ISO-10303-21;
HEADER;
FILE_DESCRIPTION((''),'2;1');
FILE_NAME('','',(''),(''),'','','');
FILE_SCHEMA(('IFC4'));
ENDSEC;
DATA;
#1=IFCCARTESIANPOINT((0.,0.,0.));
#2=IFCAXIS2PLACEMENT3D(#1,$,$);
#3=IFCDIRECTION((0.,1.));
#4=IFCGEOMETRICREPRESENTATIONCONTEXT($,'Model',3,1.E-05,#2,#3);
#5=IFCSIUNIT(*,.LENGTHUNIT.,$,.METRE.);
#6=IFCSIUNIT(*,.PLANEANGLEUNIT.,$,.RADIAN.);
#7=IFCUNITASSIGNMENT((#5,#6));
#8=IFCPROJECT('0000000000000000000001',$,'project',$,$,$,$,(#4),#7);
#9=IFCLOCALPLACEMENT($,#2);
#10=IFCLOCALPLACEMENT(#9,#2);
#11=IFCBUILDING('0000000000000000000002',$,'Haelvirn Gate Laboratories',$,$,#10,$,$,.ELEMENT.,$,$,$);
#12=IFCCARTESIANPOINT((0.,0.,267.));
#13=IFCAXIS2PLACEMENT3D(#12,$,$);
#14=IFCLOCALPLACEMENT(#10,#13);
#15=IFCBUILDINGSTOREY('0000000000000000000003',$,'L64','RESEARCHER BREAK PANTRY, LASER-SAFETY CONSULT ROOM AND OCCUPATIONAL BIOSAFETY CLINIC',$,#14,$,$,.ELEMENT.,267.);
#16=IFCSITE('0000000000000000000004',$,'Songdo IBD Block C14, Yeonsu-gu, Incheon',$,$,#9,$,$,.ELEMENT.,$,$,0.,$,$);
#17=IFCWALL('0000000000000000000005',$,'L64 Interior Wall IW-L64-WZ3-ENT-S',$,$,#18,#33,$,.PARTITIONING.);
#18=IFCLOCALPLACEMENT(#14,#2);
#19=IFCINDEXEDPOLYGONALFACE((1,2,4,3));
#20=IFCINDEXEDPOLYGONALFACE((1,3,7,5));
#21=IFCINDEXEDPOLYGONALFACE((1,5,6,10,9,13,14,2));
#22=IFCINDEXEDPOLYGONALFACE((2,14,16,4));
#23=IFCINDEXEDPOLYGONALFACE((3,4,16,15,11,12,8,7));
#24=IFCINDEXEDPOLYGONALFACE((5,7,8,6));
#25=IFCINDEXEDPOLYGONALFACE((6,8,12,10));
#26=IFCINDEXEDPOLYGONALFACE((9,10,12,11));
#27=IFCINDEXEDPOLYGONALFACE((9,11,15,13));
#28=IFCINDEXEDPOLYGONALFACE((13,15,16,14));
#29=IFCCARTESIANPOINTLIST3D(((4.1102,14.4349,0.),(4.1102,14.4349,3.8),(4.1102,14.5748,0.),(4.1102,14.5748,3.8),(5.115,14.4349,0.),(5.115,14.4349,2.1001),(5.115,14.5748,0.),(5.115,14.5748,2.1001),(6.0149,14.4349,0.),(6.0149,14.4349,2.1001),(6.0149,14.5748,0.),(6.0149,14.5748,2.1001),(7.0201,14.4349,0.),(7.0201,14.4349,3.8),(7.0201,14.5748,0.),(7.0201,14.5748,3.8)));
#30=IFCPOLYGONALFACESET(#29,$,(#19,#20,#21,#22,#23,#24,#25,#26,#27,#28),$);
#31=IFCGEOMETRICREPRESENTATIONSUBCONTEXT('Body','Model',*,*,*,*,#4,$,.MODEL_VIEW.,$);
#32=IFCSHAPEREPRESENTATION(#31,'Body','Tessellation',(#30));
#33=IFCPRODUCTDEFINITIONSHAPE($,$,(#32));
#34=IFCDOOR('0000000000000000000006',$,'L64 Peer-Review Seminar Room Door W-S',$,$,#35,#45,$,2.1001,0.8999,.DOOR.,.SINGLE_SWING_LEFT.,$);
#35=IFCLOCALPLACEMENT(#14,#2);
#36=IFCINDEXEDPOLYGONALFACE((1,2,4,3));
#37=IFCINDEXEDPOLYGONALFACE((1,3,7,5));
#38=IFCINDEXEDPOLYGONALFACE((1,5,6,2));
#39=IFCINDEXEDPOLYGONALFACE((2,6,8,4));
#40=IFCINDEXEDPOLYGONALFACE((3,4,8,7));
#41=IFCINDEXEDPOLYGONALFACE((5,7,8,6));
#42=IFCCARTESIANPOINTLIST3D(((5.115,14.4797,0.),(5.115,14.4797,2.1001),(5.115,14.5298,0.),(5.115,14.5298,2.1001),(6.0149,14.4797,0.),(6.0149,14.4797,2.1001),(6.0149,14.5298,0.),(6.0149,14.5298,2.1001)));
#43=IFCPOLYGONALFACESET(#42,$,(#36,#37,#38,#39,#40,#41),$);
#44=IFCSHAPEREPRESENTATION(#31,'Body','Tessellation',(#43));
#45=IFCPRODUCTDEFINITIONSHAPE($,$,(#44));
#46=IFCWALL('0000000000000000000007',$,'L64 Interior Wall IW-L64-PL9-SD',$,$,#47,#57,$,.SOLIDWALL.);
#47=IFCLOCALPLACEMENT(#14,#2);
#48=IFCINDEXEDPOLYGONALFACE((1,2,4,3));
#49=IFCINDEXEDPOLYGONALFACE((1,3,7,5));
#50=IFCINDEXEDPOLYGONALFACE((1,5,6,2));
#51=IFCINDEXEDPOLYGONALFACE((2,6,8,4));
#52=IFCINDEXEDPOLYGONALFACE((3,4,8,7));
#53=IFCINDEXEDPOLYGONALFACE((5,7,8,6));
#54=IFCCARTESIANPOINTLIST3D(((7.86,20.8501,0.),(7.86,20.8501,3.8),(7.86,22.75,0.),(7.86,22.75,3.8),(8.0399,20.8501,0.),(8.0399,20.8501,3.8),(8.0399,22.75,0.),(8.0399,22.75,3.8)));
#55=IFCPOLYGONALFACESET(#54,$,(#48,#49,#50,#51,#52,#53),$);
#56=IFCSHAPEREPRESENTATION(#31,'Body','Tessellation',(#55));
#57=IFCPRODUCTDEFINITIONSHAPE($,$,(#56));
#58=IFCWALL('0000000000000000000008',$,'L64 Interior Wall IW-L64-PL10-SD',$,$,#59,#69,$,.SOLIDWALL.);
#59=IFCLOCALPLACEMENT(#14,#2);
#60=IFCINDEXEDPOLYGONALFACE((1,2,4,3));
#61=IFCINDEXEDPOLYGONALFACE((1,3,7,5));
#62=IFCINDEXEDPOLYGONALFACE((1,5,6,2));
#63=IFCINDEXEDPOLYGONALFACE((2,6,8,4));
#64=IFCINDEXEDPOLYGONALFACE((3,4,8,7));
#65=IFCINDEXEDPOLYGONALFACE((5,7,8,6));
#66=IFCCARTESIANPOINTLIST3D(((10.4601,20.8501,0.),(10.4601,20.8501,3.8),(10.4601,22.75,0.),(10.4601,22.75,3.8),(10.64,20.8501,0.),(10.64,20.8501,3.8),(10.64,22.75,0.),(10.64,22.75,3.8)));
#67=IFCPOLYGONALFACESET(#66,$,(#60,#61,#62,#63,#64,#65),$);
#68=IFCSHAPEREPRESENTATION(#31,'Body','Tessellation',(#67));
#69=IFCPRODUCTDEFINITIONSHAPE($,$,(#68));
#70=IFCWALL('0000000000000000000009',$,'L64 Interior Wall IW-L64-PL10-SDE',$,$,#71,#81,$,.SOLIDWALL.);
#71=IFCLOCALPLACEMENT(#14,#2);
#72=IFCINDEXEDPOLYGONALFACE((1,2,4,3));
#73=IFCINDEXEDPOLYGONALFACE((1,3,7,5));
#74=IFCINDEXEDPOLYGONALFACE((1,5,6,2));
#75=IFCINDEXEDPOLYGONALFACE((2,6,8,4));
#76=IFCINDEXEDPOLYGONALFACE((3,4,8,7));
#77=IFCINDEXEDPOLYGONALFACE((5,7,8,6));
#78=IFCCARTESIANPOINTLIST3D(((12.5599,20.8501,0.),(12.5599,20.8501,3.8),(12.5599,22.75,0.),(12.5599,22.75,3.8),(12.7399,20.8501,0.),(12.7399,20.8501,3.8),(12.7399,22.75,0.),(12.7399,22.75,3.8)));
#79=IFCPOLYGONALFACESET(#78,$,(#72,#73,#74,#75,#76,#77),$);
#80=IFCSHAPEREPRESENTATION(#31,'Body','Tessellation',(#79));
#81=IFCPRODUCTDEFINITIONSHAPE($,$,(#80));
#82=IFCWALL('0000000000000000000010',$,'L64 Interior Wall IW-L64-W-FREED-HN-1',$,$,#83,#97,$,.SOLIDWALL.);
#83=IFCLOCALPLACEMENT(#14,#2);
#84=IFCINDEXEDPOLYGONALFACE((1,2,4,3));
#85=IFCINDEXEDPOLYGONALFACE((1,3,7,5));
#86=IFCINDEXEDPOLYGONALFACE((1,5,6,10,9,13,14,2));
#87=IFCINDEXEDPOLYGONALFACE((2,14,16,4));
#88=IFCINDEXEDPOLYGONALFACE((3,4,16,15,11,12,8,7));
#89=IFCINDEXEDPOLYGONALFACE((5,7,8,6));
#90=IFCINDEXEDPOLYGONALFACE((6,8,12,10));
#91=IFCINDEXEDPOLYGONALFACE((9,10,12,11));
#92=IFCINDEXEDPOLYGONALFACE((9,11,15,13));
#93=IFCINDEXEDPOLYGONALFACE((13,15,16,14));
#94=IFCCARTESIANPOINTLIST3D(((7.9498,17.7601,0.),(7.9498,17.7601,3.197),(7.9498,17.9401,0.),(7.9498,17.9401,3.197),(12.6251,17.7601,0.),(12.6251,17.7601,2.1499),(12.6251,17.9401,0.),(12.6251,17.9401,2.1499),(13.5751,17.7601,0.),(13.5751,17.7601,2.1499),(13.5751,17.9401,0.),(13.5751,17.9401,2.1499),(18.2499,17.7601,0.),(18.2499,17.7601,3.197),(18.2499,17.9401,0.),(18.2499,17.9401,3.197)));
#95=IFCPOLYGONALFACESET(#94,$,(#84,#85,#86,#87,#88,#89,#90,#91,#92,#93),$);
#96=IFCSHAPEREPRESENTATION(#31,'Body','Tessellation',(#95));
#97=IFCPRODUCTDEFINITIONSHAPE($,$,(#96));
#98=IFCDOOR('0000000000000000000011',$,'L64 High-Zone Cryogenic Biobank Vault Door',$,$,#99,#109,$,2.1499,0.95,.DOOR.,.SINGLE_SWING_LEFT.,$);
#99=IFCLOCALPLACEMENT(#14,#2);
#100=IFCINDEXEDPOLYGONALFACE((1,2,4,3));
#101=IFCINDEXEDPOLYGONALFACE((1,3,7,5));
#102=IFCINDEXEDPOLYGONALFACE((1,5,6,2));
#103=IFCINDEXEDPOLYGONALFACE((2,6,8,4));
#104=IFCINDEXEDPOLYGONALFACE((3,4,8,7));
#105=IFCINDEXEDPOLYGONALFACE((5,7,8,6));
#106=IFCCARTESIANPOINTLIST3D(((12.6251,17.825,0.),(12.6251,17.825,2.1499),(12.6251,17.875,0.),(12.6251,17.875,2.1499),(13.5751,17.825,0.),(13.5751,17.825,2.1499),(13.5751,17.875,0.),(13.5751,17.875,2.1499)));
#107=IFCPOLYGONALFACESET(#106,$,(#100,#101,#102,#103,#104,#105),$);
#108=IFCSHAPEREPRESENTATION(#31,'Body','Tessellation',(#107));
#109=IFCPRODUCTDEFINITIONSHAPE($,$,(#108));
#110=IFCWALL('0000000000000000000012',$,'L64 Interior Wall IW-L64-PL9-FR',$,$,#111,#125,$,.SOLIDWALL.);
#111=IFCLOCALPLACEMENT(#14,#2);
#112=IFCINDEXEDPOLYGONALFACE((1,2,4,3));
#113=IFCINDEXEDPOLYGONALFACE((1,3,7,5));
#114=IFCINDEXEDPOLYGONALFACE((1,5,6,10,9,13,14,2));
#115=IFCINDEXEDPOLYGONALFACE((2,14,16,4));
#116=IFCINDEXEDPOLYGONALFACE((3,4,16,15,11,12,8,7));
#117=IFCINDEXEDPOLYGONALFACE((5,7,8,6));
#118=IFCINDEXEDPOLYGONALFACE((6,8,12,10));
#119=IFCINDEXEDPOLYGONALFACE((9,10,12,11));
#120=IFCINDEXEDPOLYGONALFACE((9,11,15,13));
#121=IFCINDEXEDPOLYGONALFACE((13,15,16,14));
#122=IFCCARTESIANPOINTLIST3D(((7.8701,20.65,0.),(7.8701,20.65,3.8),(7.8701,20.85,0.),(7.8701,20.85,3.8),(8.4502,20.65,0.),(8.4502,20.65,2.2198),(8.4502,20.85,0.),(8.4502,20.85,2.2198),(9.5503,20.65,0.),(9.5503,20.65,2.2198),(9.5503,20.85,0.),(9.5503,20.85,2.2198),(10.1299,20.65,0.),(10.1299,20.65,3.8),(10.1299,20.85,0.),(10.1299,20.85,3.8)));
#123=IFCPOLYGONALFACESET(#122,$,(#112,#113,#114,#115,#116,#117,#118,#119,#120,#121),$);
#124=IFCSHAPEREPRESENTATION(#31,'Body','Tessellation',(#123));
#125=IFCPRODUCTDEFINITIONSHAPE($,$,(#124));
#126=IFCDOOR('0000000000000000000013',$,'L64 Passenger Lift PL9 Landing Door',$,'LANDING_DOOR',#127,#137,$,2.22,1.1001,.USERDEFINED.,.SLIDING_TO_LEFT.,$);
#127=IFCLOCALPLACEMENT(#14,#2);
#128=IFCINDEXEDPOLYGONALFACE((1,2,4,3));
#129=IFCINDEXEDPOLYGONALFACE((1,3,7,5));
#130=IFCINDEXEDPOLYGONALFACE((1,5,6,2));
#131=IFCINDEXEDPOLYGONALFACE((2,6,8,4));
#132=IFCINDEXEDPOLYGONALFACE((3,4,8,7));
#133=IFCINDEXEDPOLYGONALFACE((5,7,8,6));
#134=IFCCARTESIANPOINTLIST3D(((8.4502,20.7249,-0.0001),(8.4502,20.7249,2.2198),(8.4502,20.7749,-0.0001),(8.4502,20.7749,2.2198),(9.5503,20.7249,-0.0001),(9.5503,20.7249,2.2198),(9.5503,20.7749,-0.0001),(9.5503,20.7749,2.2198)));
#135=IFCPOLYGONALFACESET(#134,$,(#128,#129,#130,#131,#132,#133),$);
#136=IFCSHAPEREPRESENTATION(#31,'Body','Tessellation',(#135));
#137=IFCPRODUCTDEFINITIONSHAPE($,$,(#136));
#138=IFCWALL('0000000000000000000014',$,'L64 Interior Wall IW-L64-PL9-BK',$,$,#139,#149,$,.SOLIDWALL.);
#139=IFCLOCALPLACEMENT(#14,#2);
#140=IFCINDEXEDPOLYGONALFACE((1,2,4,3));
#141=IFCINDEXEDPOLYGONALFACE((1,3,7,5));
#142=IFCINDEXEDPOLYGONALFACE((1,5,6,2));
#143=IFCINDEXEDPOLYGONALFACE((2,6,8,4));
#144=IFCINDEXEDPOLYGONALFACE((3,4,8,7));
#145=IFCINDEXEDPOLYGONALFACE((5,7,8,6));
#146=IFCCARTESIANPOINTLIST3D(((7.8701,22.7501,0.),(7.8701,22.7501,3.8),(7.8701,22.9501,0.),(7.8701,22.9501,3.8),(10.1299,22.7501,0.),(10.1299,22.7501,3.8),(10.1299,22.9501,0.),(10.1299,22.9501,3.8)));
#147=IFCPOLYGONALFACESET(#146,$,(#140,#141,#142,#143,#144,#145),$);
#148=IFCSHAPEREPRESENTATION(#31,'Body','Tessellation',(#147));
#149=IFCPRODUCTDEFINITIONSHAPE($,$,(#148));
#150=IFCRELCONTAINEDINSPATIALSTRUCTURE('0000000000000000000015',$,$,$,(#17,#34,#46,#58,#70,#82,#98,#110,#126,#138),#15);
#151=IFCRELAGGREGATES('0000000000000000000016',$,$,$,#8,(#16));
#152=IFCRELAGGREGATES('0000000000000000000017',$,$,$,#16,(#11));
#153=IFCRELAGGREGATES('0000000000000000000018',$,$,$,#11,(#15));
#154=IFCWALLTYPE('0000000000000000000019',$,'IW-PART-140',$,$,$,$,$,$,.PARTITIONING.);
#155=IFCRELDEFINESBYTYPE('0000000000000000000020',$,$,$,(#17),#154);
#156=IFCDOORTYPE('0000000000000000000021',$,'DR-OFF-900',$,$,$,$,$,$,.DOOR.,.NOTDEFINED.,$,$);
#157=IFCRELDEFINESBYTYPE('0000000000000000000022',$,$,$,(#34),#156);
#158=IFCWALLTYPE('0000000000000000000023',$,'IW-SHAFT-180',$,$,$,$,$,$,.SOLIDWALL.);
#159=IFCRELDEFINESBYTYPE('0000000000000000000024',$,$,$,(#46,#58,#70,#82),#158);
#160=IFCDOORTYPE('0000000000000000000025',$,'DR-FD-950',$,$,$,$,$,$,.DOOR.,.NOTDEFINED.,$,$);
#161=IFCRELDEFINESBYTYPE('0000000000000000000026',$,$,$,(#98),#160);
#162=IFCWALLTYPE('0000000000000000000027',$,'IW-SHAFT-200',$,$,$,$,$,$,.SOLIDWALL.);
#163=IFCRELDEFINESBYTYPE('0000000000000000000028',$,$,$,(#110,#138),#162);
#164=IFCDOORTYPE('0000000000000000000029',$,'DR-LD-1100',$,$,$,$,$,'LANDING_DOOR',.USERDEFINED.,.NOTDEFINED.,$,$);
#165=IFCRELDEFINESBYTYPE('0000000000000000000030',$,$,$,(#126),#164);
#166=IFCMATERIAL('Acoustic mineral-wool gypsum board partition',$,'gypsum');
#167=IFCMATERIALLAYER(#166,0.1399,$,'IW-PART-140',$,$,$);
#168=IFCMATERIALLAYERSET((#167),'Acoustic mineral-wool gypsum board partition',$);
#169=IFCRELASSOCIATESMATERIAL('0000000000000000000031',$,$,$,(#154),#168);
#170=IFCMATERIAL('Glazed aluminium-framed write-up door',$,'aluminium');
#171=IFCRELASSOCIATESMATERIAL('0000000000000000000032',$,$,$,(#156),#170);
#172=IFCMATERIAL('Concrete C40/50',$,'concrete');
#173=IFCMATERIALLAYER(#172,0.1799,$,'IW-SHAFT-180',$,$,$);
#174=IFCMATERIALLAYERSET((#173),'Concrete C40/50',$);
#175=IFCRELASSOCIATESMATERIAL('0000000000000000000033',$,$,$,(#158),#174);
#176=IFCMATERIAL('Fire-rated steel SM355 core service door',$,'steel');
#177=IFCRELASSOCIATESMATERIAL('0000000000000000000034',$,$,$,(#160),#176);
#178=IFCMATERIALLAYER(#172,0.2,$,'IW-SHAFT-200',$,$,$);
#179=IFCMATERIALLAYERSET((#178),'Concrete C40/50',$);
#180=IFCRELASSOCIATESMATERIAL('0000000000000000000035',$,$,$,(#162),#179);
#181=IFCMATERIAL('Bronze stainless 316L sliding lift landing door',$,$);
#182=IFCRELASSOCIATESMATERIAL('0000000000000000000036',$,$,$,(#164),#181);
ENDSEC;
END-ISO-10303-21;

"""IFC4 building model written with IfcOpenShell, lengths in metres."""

from ifc_helpers import new_model, si_unit, direction, frame, frame_2d, origin, place, context, subcontext, project, spatial, rectangle, extrude, source, transform, mapped, material, layer, layer_set, type_object, type_shapes, element, fill, save


model = new_model("IFC4")

# Units and contexts
model_context = context("Model", 3, precision=1e-05, world=origin(), true_north=direction((0.0, 1.0)))
body_context = subcontext(model_context, "Body", "Model", "MODEL_VIEW")
ifc_project = project(units=[si_unit("LENGTHUNIT", "METRE"), si_unit("PLANEANGLEUNIT", "RADIAN")], contexts=[model_context])

# Site, building, storey
site_placement = place(None, origin())
site = spatial("IfcSite", under=ifc_project, at=site_placement, Name="Songdo IBD Block C14, Yeonsu-gu, Incheon", CompositionType="ELEMENT", RefElevation=0.0)
building_placement = place(site_placement, origin())
building = spatial("IfcBuilding", under=site, at=building_placement, Name="Haelvirn Gate Laboratories", CompositionType="ELEMENT")
storey_placement = place(building_placement, frame((0.0, 0.0, 267.0)))
storey = spatial("IfcBuildingStorey", under=building, at=storey_placement, Name="L64", Description="RESEARCHER BREAK PANTRY, LASER-SAFETY CONSULT ROOM AND OCCUPATIONAL BIOSAFETY CLINIC", CompositionType="ELEMENT", Elevation=267.0)

# Wall, opening, door
ifc_material_1 = material(Name="Acoustic mineral-wool gypsum board partition", Category="gypsum")
ifc_layer_1 = layer(ifc_material_1, 0.1399, Name="IW-PART-140")
ifc_layer_set_1 = layer_set([ifc_layer_1], Name="Acoustic mineral-wool gypsum board partition")
wall_type_1 = type_object("IfcWallType", Name="IW-PART-140", PredefinedType="PARTITIONING", material=ifc_layer_set_1)
wall_1_placement = place(storey_placement, frame((4.1101, 14.5049, 0.0), z_axis=(0.0, 0.0, 1.0), x_axis=(1.0, 0.0, 0.0)))
wall_1 = element("IfcWall", 1, at=wall_1_placement, inside=storey, type_object=wall_type_1, Name="L64 Interior Wall IW-L64-WZ3-ENT-S", PredefinedType="PARTITIONING", context=body_context, shape_type="SweptSolid", body=[
    extrude(rectangle(XDim=2.9099, YDim=0.1399, at=frame_2d((1.4551, 0.0))), origin(), (0.0, 0.0, 1.0), 3.8),
])
opening_1_placement = place(wall_1_placement, frame((1.0049, 0.0, 0.0)))
opening_1 = element("IfcOpeningElement", 2, at=opening_1_placement, cuts=wall_1, PredefinedType="OPENING", context=body_context, shape_type="SweptSolid", body=[
    extrude(rectangle(XDim=0.8999, YDim=2.1001, at=frame_2d((0.45, 1.05))), frame((0.0, 0.0801, 0.0), z_axis=(0.0, -1.0, 0.0), x_axis=(1.0, 0.0, 0.0)), (0.0, 0.0, 1.0), 0.1599),
])
ifc_material_2 = material(Name="Glazed aluminium-framed write-up door", Category="aluminium")
door_type_1 = type_object("IfcDoorType", Name="DR-OFF-900", OperationType="NOTDEFINED", PredefinedType="DOOR", material=ifc_material_2)
shared_shape_1 = source(origin(), body_context, "Body", "SweptSolid", [
    extrude(rectangle(XDim=0.8999, YDim=2.1001, at=frame_2d((0.45, 1.05))), frame((0.0, 0.0249, 0.0), z_axis=(0.0, -1.0, 0.0), x_axis=(1.0, 0.0, 0.0)), (0.0, 0.0, 1.0), 0.05),
])
type_shapes(door_type_1, [shared_shape_1])
door_1_placement = place(opening_1_placement, origin())
door_1 = element("IfcDoor", 3, at=door_1_placement, inside=storey, type_object=door_type_1, Name="L64 Peer-Review Seminar Room Door W-S", OperationType="SINGLE_SWING_LEFT", OverallHeight=2.1001, OverallWidth=0.8999, PredefinedType="DOOR", context=body_context, shape_type="MappedRepresentation", body=[
    mapped(shared_shape_1, transform((0.0, 0.0, 0.0), scale=1.0)),
])
fill(opening_1, door_1)

# Walls
ifc_material_3 = material(Name="Concrete C40/50", Category="concrete")
ifc_layer_2 = layer(ifc_material_3, 0.1799, Name="IW-SHAFT-180")
ifc_layer_set_2 = layer_set([ifc_layer_2], Name="Concrete C40/50")
wall_type_2 = type_object("IfcWallType", Name="IW-SHAFT-180", PredefinedType="SOLIDWALL", material=ifc_layer_set_2)
for number, where, z_axis, x_axis, name in (
    (4, (7.95, 20.8501, 0.0), (0.0, 0.0, 1.0), (0.0, 1.0, 0.0), "L64 Interior Wall IW-L64-PL9-SD"),
    (5, (10.55, 20.8501, 0.0), (0.0, 0.0, 1.0), (0.0, 1.0, 0.0), "L64 Interior Wall IW-L64-PL10-SD"),
    (6, (12.6499, 20.8501, 0.0), (0.0, 0.0, 1.0), (0.0, 1.0, 0.0), "L64 Interior Wall IW-L64-PL10-SDE"),
):
    element("IfcWall", number, at=place(storey_placement, frame(where, z_axis=z_axis, x_axis=x_axis)), inside=storey, type_object=wall_type_2, Name=name, PredefinedType="SOLIDWALL", context=body_context, shape_type="SweptSolid", body=[
        extrude(rectangle(XDim=1.8999, YDim=0.1799, at=frame_2d((0.95, 0.0))), origin(), (0.0, 0.0, 1.0), 3.8),
    ])

# Walls, openings, doors
wall_2_placement = place(storey_placement, frame((7.95, 17.8501, 0.0), z_axis=(0.0, 0.0, 1.0), x_axis=(1.0, 0.0, 0.0)))
wall_2 = element("IfcWall", 7, at=wall_2_placement, inside=storey, type_object=wall_type_2, Name="L64 Interior Wall IW-L64-W-FREED-HN-1", PredefinedType="SOLIDWALL", context=body_context, shape_type="SweptSolid", body=[
    extrude(rectangle(XDim=10.3, YDim=0.1799, at=frame_2d((5.1499, 0.0))), origin(), (0.0, 0.0, 1.0), 3.197),
])
opening_2_placement = place(wall_2_placement, frame((4.675, 0.0, 0.0)))
opening_2 = element("IfcOpeningElement", 8, at=opening_2_placement, cuts=wall_2, PredefinedType="OPENING", context=body_context, shape_type="SweptSolid", body=[
    extrude(rectangle(XDim=0.95, YDim=2.1499, at=frame_2d((0.4751, 1.075))), frame((0.0, 0.1001, 0.0), z_axis=(0.0, -1.0, 0.0), x_axis=(1.0, 0.0, 0.0)), (0.0, 0.0, 1.0), 0.2),
])
ifc_material_4 = material(Name="Fire-rated steel SM355 core service door", Category="steel")
door_type_2 = type_object("IfcDoorType", Name="DR-FD-950", OperationType="NOTDEFINED", PredefinedType="DOOR", material=ifc_material_4)
shared_shape_2 = source(origin(), body_context, "Body", "SweptSolid", [
    extrude(rectangle(XDim=0.95, YDim=2.1499, at=frame_2d((0.4751, 1.075))), frame((0.0, 0.0249, 0.0), z_axis=(0.0, -1.0, 0.0), x_axis=(1.0, 0.0, 0.0)), (0.0, 0.0, 1.0), 0.05),
])
type_shapes(door_type_2, [shared_shape_2])
door_2_placement = place(opening_2_placement, origin())
door_2 = element("IfcDoor", 9, at=door_2_placement, inside=storey, type_object=door_type_2, Name="L64 High-Zone Cryogenic Biobank Vault Door", OperationType="SINGLE_SWING_LEFT", OverallHeight=2.1499, OverallWidth=0.95, PredefinedType="DOOR", context=body_context, shape_type="MappedRepresentation", body=[
    mapped(shared_shape_2, transform((0.0, 0.0, 0.0), scale=1.0)),
])
fill(opening_2, door_2)
ifc_layer_3 = layer(ifc_material_3, 0.2, Name="IW-SHAFT-200")
ifc_layer_set_3 = layer_set([ifc_layer_3], Name="Concrete C40/50")
wall_type_3 = type_object("IfcWallType", Name="IW-SHAFT-200", PredefinedType="SOLIDWALL", material=ifc_layer_set_3)
wall_3_placement = place(storey_placement, frame((7.8701, 20.75, 0.0), z_axis=(0.0, 0.0, 1.0), x_axis=(1.0, 0.0, 0.0)))
wall_3 = element("IfcWall", 10, at=wall_3_placement, inside=storey, type_object=wall_type_3, Name="L64 Interior Wall IW-L64-PL9-FR", PredefinedType="SOLIDWALL", context=body_context, shape_type="SweptSolid", body=[
    extrude(rectangle(XDim=2.2598, YDim=0.2, at=frame_2d((1.1299, 0.0))), origin(), (0.0, 0.0, 1.0), 3.8),
])
opening_3_placement = place(wall_3_placement, frame((0.5801, 0.0, 0.0)))
opening_3 = element("IfcOpeningElement", 11, at=opening_3_placement, cuts=wall_3, PredefinedType="OPENING", context=body_context, shape_type="SweptSolid", body=[
    extrude(rectangle(XDim=1.1001, YDim=2.22, at=frame_2d((0.55, 1.1099))), frame((0.0, 0.1099, 0.0), z_axis=(0.0, -1.0, 0.0), x_axis=(1.0, 0.0, 0.0)), (0.0, 0.0, 1.0), 0.22),
])
ifc_material_5 = material(Name="Bronze stainless 316L sliding lift landing door")
door_type_3 = type_object("IfcDoorType", Name="DR-LD-1100", ElementType="LANDING_DOOR", OperationType="NOTDEFINED", PredefinedType="USERDEFINED", material=ifc_material_5)
shared_shape_3 = source(origin(), body_context, "Body", "SweptSolid", [
    extrude(rectangle(XDim=1.1001, YDim=2.22, at=frame_2d((0.55, 1.1099))), frame((0.0, 0.0249, 0.0), z_axis=(0.0, -1.0, 0.0), x_axis=(1.0, 0.0, 0.0)), (0.0, 0.0, 1.0), 0.05),
])
type_shapes(door_type_3, [shared_shape_3])
door_3_placement = place(opening_3_placement, origin())
door_3 = element("IfcDoor", 12, at=door_3_placement, inside=storey, type_object=door_type_3, Name="L64 Passenger Lift PL9 Landing Door", ObjectType="LANDING_DOOR", OperationType="SLIDING_TO_LEFT", OverallHeight=2.22, OverallWidth=1.1001, PredefinedType="USERDEFINED", context=body_context, shape_type="MappedRepresentation", body=[
    mapped(shared_shape_3, transform((0.0, 0.0, 0.0), scale=1.0)),
])
fill(opening_3, door_3)

# Wall
wall_4_placement = place(storey_placement, frame((7.8701, 22.8501, 0.0), z_axis=(0.0, 0.0, 1.0), x_axis=(1.0, 0.0, 0.0)))
element("IfcWall", 13, at=wall_4_placement, inside=storey, type_object=wall_type_3, Name="L64 Interior Wall IW-L64-PL9-BK", PredefinedType="SOLIDWALL", context=body_context, shape_type="SweptSolid", body=[
    extrude(rectangle(XDim=2.2598, YDim=0.2, at=frame_2d((1.1299, 0.0))), origin(), (0.0, 0.0, 1.0), 3.8),
])

save(model, "model.ifc")
